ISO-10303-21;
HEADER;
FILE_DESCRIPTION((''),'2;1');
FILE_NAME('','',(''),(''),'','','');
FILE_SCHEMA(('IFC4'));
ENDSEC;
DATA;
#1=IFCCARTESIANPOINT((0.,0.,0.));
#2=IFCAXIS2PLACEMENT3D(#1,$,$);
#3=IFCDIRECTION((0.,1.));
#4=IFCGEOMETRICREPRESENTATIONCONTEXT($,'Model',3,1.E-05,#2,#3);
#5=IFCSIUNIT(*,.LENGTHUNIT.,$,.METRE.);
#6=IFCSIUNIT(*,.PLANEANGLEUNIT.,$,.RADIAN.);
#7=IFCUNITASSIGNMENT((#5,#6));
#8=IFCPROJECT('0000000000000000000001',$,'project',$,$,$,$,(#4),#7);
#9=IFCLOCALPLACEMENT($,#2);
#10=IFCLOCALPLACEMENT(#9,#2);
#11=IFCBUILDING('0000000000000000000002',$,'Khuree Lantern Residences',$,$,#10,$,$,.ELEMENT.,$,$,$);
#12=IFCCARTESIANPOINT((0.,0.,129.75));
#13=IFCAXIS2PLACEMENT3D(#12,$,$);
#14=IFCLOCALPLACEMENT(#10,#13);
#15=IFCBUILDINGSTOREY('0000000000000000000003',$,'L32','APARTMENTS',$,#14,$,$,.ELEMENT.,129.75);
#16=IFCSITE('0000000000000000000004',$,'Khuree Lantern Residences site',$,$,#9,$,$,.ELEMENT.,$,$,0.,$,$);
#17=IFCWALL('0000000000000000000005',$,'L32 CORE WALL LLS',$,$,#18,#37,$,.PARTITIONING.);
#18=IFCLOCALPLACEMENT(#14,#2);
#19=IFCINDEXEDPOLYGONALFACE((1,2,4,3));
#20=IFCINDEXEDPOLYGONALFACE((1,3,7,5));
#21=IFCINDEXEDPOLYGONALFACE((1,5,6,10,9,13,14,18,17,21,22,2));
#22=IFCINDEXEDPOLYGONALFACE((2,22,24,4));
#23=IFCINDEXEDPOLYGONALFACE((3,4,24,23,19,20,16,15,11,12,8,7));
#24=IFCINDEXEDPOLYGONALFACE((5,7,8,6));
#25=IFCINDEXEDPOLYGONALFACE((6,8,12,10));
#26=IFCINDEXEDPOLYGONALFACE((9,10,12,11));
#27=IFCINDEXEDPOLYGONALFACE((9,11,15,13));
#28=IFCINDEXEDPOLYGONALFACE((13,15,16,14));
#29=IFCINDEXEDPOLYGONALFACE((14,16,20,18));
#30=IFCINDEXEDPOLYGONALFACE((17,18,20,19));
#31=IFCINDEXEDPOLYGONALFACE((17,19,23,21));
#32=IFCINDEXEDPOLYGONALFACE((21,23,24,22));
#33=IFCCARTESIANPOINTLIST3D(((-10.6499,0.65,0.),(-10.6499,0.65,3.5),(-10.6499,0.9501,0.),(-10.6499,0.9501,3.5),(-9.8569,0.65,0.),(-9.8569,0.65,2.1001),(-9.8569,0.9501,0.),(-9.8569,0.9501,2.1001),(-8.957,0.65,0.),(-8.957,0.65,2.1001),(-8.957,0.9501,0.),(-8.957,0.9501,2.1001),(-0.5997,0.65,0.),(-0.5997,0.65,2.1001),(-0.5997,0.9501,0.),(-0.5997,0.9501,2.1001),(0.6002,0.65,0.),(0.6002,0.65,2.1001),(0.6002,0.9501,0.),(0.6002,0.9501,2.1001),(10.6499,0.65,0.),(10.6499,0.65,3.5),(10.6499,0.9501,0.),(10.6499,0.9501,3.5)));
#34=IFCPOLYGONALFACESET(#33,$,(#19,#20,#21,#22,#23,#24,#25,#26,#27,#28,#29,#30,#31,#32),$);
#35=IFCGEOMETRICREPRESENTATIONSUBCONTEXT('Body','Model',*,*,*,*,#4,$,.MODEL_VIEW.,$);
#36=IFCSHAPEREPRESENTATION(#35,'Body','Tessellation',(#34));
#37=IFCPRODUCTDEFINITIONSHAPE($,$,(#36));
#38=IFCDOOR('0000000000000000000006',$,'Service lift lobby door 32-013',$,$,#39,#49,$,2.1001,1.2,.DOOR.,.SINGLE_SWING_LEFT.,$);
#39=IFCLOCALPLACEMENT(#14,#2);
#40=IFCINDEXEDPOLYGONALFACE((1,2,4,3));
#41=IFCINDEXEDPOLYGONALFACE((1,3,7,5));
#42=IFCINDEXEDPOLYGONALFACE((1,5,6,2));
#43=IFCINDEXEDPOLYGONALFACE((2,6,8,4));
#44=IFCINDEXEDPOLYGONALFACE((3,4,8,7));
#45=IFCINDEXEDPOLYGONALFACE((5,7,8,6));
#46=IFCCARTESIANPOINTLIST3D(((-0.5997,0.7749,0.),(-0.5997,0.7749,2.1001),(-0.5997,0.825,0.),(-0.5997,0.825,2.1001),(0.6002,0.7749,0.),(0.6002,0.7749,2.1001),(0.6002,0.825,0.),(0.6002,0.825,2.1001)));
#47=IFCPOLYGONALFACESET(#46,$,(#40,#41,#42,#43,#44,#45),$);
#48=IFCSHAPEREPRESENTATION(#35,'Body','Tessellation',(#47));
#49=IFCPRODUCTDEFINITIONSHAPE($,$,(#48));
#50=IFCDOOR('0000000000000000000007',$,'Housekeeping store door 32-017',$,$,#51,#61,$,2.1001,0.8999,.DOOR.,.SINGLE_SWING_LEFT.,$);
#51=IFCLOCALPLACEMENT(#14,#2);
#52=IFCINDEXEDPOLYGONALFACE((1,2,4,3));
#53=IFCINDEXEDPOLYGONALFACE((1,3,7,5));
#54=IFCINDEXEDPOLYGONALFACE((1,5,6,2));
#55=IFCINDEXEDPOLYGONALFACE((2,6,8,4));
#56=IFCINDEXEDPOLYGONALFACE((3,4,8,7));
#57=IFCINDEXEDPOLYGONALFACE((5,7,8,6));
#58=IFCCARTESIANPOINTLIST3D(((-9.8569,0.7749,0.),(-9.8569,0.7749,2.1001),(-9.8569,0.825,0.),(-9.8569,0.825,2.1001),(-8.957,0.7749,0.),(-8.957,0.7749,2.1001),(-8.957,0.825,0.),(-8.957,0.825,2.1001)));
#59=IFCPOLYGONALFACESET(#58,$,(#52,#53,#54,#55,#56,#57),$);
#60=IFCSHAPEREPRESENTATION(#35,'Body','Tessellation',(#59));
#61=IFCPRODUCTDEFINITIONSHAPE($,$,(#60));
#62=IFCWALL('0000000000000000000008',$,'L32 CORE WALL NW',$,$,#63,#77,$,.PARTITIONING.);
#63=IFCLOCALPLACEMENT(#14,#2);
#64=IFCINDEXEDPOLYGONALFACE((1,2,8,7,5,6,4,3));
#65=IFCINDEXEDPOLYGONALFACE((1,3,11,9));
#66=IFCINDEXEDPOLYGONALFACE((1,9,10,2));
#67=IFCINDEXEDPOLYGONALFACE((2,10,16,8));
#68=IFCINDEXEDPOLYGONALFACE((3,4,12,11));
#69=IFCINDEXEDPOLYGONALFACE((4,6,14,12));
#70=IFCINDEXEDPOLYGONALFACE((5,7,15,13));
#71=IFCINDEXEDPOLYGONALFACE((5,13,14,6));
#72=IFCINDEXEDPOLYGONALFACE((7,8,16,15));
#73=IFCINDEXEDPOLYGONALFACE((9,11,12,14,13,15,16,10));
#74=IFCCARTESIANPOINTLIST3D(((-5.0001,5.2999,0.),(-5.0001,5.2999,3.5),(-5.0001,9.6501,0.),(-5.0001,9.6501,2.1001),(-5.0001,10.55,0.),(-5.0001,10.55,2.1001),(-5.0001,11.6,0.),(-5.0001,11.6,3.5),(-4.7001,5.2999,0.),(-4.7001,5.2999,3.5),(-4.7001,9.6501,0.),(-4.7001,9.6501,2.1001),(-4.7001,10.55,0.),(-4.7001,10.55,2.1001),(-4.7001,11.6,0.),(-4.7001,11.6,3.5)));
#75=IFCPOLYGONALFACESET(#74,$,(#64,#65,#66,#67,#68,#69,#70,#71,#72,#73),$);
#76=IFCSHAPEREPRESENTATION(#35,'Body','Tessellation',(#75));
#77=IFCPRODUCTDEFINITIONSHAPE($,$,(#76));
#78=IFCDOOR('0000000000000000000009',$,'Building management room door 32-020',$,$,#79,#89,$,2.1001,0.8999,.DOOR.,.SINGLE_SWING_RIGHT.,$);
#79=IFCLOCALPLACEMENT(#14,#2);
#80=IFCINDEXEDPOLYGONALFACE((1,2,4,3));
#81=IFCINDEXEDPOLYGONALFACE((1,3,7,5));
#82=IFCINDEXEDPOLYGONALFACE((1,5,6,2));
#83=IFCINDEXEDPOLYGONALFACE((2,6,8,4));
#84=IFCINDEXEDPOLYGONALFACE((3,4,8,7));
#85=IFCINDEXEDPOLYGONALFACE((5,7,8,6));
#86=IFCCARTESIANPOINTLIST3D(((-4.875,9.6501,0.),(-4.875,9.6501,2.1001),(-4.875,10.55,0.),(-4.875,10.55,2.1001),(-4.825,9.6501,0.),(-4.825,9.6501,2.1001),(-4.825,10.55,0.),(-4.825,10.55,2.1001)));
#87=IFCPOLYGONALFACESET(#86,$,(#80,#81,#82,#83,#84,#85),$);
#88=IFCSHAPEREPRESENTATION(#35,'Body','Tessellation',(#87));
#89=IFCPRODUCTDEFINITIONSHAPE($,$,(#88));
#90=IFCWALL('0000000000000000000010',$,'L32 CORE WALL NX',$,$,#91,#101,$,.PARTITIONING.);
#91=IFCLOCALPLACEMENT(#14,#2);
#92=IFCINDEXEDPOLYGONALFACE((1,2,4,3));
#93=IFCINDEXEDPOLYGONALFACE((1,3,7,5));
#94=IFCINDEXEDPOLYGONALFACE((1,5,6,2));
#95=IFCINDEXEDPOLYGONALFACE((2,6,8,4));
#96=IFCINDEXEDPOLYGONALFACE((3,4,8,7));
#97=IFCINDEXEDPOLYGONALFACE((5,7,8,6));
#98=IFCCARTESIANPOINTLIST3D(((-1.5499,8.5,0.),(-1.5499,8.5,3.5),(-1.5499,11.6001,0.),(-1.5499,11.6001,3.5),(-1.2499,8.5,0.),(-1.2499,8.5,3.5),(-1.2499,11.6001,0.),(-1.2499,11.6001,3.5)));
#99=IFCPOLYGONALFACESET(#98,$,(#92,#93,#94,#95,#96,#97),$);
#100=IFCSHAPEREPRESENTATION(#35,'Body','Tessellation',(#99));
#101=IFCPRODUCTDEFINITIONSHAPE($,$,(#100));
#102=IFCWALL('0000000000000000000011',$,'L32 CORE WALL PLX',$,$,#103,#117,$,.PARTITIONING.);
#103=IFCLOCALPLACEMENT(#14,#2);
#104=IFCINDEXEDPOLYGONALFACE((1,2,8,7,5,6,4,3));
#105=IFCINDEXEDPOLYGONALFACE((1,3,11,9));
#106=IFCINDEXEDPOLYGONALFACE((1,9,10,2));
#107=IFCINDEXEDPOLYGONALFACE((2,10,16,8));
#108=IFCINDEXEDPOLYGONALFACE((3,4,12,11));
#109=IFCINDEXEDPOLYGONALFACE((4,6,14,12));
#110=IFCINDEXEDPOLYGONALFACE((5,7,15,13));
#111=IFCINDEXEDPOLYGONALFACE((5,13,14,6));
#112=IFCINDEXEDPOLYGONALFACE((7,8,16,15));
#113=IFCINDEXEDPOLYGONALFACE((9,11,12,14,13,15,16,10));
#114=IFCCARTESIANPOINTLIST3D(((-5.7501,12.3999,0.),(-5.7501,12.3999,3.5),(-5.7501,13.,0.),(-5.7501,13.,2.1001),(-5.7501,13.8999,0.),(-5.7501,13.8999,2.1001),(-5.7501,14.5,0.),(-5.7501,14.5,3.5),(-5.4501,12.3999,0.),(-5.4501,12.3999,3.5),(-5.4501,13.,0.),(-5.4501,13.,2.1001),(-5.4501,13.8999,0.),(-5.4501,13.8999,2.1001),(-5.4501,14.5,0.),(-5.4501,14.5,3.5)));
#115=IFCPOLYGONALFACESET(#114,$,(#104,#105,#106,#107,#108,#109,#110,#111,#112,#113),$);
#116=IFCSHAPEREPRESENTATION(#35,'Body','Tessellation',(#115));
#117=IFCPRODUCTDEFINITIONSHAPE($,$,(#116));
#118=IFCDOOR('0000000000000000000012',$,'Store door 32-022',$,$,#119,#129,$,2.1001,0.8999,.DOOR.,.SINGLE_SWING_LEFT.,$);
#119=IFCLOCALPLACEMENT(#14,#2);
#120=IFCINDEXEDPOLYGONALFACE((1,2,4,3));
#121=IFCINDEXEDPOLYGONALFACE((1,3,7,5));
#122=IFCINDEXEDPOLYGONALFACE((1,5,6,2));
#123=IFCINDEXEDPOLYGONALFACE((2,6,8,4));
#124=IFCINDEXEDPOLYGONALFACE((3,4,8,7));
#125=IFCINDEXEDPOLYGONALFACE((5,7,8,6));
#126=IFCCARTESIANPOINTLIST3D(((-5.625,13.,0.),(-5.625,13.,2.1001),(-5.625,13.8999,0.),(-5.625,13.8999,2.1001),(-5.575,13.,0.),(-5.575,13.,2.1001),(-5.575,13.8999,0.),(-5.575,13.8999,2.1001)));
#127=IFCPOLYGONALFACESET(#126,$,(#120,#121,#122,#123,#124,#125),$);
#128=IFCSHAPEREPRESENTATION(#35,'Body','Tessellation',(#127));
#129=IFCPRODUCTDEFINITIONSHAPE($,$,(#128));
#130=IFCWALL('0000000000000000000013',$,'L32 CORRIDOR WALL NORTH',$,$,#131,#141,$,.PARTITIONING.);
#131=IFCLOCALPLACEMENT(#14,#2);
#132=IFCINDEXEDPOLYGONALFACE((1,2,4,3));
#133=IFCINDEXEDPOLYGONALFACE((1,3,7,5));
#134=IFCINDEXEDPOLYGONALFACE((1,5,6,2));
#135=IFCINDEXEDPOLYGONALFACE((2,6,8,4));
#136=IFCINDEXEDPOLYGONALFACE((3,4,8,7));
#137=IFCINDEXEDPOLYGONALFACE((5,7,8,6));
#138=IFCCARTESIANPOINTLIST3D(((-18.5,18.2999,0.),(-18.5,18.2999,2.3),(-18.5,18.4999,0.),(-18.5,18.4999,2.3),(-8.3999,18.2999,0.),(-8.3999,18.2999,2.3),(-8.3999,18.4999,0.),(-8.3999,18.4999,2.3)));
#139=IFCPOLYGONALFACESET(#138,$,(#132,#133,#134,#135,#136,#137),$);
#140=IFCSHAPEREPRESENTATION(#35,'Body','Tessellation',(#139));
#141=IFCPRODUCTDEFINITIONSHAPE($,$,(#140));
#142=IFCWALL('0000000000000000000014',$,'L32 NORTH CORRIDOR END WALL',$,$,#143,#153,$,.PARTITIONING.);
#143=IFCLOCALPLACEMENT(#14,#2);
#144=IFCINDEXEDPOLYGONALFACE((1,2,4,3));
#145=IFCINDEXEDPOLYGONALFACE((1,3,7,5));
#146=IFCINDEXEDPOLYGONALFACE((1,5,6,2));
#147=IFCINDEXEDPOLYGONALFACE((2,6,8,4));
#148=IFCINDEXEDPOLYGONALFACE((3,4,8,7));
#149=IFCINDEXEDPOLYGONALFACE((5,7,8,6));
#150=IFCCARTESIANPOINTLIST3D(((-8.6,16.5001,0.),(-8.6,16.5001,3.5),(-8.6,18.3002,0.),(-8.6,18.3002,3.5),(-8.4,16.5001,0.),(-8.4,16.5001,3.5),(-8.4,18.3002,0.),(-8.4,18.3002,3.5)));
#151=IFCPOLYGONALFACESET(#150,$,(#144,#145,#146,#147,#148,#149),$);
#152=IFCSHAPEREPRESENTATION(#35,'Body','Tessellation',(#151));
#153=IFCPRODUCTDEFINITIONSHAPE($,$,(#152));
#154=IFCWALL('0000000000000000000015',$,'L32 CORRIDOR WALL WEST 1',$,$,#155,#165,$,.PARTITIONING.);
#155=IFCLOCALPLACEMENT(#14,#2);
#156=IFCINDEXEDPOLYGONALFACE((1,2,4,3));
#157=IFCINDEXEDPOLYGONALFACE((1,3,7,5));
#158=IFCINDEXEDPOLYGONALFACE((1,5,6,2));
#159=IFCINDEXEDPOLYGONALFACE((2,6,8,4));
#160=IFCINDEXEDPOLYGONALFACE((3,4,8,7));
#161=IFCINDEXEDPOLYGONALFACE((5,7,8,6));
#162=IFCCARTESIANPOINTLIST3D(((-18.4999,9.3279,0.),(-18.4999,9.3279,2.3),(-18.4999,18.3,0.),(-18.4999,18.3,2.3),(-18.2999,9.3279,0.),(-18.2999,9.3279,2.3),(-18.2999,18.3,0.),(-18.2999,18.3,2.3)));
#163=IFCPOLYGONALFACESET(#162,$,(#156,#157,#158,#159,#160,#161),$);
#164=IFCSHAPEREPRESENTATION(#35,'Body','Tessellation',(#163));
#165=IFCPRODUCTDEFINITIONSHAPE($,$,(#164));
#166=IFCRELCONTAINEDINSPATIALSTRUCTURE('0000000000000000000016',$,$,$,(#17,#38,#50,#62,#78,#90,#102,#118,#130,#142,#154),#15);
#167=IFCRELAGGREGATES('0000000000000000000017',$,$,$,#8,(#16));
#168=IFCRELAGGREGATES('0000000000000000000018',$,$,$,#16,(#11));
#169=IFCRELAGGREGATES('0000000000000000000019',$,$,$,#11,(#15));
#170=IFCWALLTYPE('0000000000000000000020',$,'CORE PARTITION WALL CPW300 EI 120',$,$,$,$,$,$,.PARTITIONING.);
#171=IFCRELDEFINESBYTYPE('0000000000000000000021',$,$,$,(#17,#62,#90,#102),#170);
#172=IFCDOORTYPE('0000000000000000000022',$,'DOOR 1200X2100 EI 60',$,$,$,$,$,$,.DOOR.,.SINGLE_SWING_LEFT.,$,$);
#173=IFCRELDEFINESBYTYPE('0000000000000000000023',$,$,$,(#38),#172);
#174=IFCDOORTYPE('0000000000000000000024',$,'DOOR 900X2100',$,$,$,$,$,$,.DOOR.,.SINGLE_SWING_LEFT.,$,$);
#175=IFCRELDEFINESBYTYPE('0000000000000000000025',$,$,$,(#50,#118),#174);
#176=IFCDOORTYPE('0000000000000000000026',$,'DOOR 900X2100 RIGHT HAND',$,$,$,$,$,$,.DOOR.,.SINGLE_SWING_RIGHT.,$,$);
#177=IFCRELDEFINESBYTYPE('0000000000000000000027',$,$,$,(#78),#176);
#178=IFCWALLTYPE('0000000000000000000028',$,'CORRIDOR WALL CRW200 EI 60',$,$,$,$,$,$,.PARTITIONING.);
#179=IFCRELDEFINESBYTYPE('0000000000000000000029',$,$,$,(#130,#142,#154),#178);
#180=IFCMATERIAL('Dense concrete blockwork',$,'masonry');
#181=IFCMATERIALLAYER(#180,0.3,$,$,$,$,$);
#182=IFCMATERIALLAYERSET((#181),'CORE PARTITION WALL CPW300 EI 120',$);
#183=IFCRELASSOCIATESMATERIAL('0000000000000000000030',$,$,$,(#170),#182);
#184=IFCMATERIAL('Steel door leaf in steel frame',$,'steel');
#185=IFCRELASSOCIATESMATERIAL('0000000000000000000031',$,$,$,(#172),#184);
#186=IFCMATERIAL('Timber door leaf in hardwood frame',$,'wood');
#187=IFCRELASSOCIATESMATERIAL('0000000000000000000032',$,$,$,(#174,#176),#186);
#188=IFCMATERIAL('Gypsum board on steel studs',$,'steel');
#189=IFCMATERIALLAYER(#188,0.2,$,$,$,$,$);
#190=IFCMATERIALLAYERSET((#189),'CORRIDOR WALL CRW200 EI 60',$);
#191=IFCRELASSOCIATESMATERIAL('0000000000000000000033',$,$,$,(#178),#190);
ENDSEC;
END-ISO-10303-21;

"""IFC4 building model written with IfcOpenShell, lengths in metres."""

from ifc_helpers import new_model, si_unit, direction, frame, frame_2d, origin, place, context, subcontext, project, spatial, rectangle, extrude, material, layer, layer_set, type_object, element, fill, save


model = new_model("IFC4")

# Units and contexts
model_context = context("Model", 3, precision=1e-05, world=origin(), true_north=direction((0.0, 1.0)))
body_context = subcontext(model_context, "Body", "Model", "MODEL_VIEW")
ifc_project = project(units=[si_unit("LENGTHUNIT", "METRE"), si_unit("PLANEANGLEUNIT", "RADIAN")], contexts=[model_context])

# Site, building, storey
site_placement = place(None, origin())
site = spatial("IfcSite", under=ifc_project, at=site_placement, Name="Khuree Lantern Residences site", CompositionType="ELEMENT", RefElevation=0.0)
building_placement = place(site_placement, origin())
building = spatial("IfcBuilding", under=site, at=building_placement, Name="Khuree Lantern Residences", CompositionType="ELEMENT")
storey_placement = place(building_placement, frame((0.0, 0.0, 129.75)))
storey = spatial("IfcBuildingStorey", under=building, at=storey_placement, Name="L32", Description="APARTMENTS", CompositionType="ELEMENT", Elevation=129.75)

# Shared definitions
ifc_material_1 = material(Name="Dense concrete blockwork", Category="masonry")
ifc_layer_1 = layer(ifc_material_1, 0.3)
ifc_layer_set_1 = layer_set([ifc_layer_1], Name="CORE PARTITION WALL CPW300 EI 120")
wall_type_1 = type_object("IfcWallType", Name="CORE PARTITION WALL CPW300 EI 120", PredefinedType="PARTITIONING", material=ifc_layer_set_1)

# Wall, openings, doors
wall_1_placement = place(storey_placement, frame((-10.6499, 0.8, 0.0), z_axis=(0.0, 0.0, 1.0), x_axis=(1.0, 0.0, 0.0)))
wall_1 = element("IfcWall", 1, at=wall_1_placement, inside=storey, type_object=wall_type_1, Name="L32 CORE WALL LLS", PredefinedType="PARTITIONING", context=body_context, shape_type="SweptSolid", body=[
    extrude(rectangle(XDim=21.2998, YDim=0.3, at=frame_2d((10.6499, 0.0))), origin(), (0.0, 0.0, 1.0), 3.5),
])
opening_1_placement = place(wall_1_placement, frame((10.05, 0.0, 0.0)))
opening_1 = element("IfcOpeningElement", 2, at=opening_1_placement, cuts=wall_1, PredefinedType="OPENING", context=body_context, shape_type="SweptSolid", body=[
    extrude(rectangle(XDim=1.2, YDim=2.1001, at=frame_2d((0.6001, 1.05))), frame((0.0, 0.1602, 0.0), z_axis=(0.0, -1.0, 0.0), x_axis=(1.0, 0.0, 0.0)), (0.0, 0.0, 1.0), 0.3201),
])
opening_2_placement = place(wall_1_placement, frame((0.793, 0.0, 0.0)))
opening_2 = element("IfcOpeningElement", 3, at=opening_2_placement, cuts=wall_1, PredefinedType="OPENING", context=body_context, shape_type="SweptSolid", body=[
    extrude(rectangle(XDim=0.8999, YDim=2.1001, at=frame_2d((0.45, 1.05))), frame((0.0, 0.1602, 0.0), z_axis=(0.0, -1.0, 0.0), x_axis=(1.0, 0.0, 0.0)), (0.0, 0.0, 1.0), 0.3201),
])
ifc_material_2 = material(Name="Steel door leaf in steel frame", Category="steel")
door_type_1 = type_object("IfcDoorType", Name="DOOR 1200X2100 EI 60", OperationType="SINGLE_SWING_LEFT", PredefinedType="DOOR", material=ifc_material_2)
door_1_placement = place(opening_1_placement, origin())
door_1 = element("IfcDoor", 4, at=door_1_placement, inside=storey, type_object=door_type_1, Name="Service lift lobby door 32-013", OperationType="SINGLE_SWING_LEFT", OverallHeight=2.1001, OverallWidth=1.2, PredefinedType="DOOR", context=body_context, shape_type="SweptSolid", body=[
    extrude(rectangle(XDim=1.2, YDim=2.1001, at=frame_2d((0.6001, 1.05))), frame((0.0, 0.0249, 0.0), z_axis=(0.0, -1.0, 0.0), x_axis=(1.0, 0.0, 0.0)), (0.0, 0.0, 1.0), 0.05),
])
fill(opening_1, door_1)
ifc_material_3 = material(Name="Timber door leaf in hardwood frame", Category="wood")
door_type_2 = type_object("IfcDoorType", Name="DOOR 900X2100", OperationType="SINGLE_SWING_LEFT", PredefinedType="DOOR", material=ifc_material_3)
door_2_placement = place(opening_2_placement, origin())
door_2 = element("IfcDoor", 5, at=door_2_placement, inside=storey, type_object=door_type_2, Name="Housekeeping store door 32-017", OperationType="SINGLE_SWING_LEFT", OverallHeight=2.1001, OverallWidth=0.8999, PredefinedType="DOOR", context=body_context, shape_type="SweptSolid", body=[
    extrude(rectangle(XDim=0.8999, YDim=2.1001, at=frame_2d((0.45, 1.05))), frame((0.0, 0.0249, 0.0), z_axis=(0.0, -1.0, 0.0), x_axis=(1.0, 0.0, 0.0)), (0.0, 0.0, 1.0), 0.05),
])
fill(opening_2, door_2)

# Wall, opening, door
wall_2_placement = place(storey_placement, frame((-4.8501, 5.3, 0.0), z_axis=(0.0, 0.0, 1.0), x_axis=(0.0, 1.0, 0.0)))
wall_2 = element("IfcWall", 6, at=wall_2_placement, inside=storey, type_object=wall_type_1, Name="L32 CORE WALL NW", PredefinedType="PARTITIONING", context=body_context, shape_type="SweptSolid", body=[
    extrude(rectangle(XDim=6.3, YDim=0.3, at=frame_2d((3.1499, 0.0))), origin(), (0.0, 0.0, 1.0), 3.5),
])
opening_3_placement = place(wall_2_placement, frame((4.3501, 0.0, 0.0)))
opening_3 = element("IfcOpeningElement", 7, at=opening_3_placement, cuts=wall_2, PredefinedType="OPENING", context=body_context, shape_type="SweptSolid", body=[
    extrude(rectangle(XDim=0.8999, YDim=2.1001, at=frame_2d((0.45, 1.05))), frame((0.0, 0.1602, 0.0), z_axis=(0.0, -1.0, 0.0), x_axis=(1.0, 0.0, 0.0)), (0.0, 0.0, 1.0), 0.3201),
])
door_type_3 = type_object("IfcDoorType", Name="DOOR 900X2100 RIGHT HAND", OperationType="SINGLE_SWING_RIGHT", PredefinedType="DOOR", material=ifc_material_3)
door_3_placement = place(opening_3_placement, origin())
door_3 = element("IfcDoor", 8, at=door_3_placement, inside=storey, type_object=door_type_3, Name="Building management room door 32-020", OperationType="SINGLE_SWING_RIGHT", OverallHeight=2.1001, OverallWidth=0.8999, PredefinedType="DOOR", context=body_context, shape_type="SweptSolid", body=[
    extrude(rectangle(XDim=0.8999, YDim=2.1001, at=frame_2d((0.45, 1.05))), frame((0.0, 0.0249, 0.0), z_axis=(0.0, -1.0, 0.0), x_axis=(1.0, 0.0, 0.0)), (0.0, 0.0, 1.0), 0.05),
])
fill(opening_3, door_3)

# Wall
wall_3_placement = place(storey_placement, frame((-1.3999, 8.5, 0.0), z_axis=(0.0, 0.0, 1.0), x_axis=(0.0, 1.0, 0.0)))
element("IfcWall", 9, at=wall_3_placement, inside=storey, type_object=wall_type_1, Name="L32 CORE WALL NX", PredefinedType="PARTITIONING", context=body_context, shape_type="SweptSolid", body=[
    extrude(rectangle(XDim=3.1001, YDim=0.3, at=frame_2d((1.55, 0.0))), origin(), (0.0, 0.0, 1.0), 3.5),
])

# Wall, opening, door
wall_4_placement = place(storey_placement, frame((-5.6001, 12.3999, 0.0), z_axis=(0.0, 0.0, 1.0), x_axis=(0.0, 1.0, 0.0)))
wall_4 = element("IfcWall", 10, at=wall_4_placement, inside=storey, type_object=wall_type_1, Name="L32 CORE WALL PLX", PredefinedType="PARTITIONING", context=body_context, shape_type="SweptSolid", body=[
    extrude(rectangle(XDim=2.1001, YDim=0.3, at=frame_2d((1.05, 0.0))), origin(), (0.0, 0.0, 1.0), 3.5),
])
opening_4_placement = place(wall_4_placement, frame((0.6001, 0.0, 0.0)))
opening_4 = element("IfcOpeningElement", 11, at=opening_4_placement, cuts=wall_4, PredefinedType="OPENING", context=body_context, shape_type="SweptSolid", body=[
    extrude(rectangle(XDim=0.8999, YDim=2.1001, at=frame_2d((0.45, 1.05))), frame((0.0, 0.1602, 0.0), z_axis=(0.0, -1.0, 0.0), x_axis=(1.0, 0.0, 0.0)), (0.0, 0.0, 1.0), 0.3201),
])
door_4_placement = place(opening_4_placement, origin())
door_4 = element("IfcDoor", 12, at=door_4_placement, inside=storey, type_object=door_type_2, Name="Store door 32-022", OperationType="SINGLE_SWING_LEFT", OverallHeight=2.1001, OverallWidth=0.8999, PredefinedType="DOOR", context=body_context, shape_type="SweptSolid", body=[
    extrude(rectangle(XDim=0.8999, YDim=2.1001, at=frame_2d((0.45, 1.05))), frame((0.0, 0.0249, 0.0), z_axis=(0.0, -1.0, 0.0), x_axis=(1.0, 0.0, 0.0)), (0.0, 0.0, 1.0), 0.05),
])
fill(opening_4, door_4)

# Walls
ifc_material_4 = material(Name="Gypsum board on steel studs", Category="steel")
ifc_layer_2 = layer(ifc_material_4, 0.2)
ifc_layer_set_2 = layer_set([ifc_layer_2], Name="CORRIDOR WALL CRW200 EI 60")
wall_type_2 = type_object("IfcWallType", Name="CORRIDOR WALL CRW200 EI 60", PredefinedType="PARTITIONING", material=ifc_layer_set_2)
wall_5_placement = place(storey_placement, frame((-18.5, 18.3999, 0.0), z_axis=(0.0, 0.0, 1.0), x_axis=(1.0, 0.0, 0.0)))
element("IfcWall", 13, at=wall_5_placement, inside=storey, type_object=wall_type_2, Name="L32 CORRIDOR WALL NORTH", PredefinedType="PARTITIONING", context=body_context, shape_type="SweptSolid", body=[
    extrude(rectangle(XDim=10.1001, YDim=0.2, at=frame_2d((5.05, 0.0))), origin(), (0.0, 0.0, 1.0), 2.3),
])
wall_6_placement = place(storey_placement, frame((-8.5, 18.3, 0.0), z_axis=(0.0, 0.0, 1.0), x_axis=(0.0, -1.0, 0.0)))
element("IfcWall", 14, at=wall_6_placement, inside=storey, type_object=wall_type_2, Name="L32 NORTH CORRIDOR END WALL", PredefinedType="PARTITIONING", context=body_context, shape_type="SweptSolid", body=[
    extrude(rectangle(XDim=1.8, YDim=0.2, at=frame_2d((0.8999, 0.0))), origin(), (0.0, 0.0, 1.0), 3.5),
])
wall_7_placement = place(storey_placement, frame((-18.3999, 18.3, 0.0), z_axis=(0.0, 0.0, 1.0), x_axis=(0.0, -1.0, 0.0)))
element("IfcWall", 15, at=wall_7_placement, inside=storey, type_object=wall_type_2, Name="L32 CORRIDOR WALL WEST 1", PredefinedType="PARTITIONING", context=body_context, shape_type="SweptSolid", body=[
    extrude(rectangle(XDim=8.9722, YDim=0.2, at=frame_2d((4.4861, 0.0))), origin(), (0.0, 0.0, 1.0), 2.3),
])

save(model, "model.ifc")
